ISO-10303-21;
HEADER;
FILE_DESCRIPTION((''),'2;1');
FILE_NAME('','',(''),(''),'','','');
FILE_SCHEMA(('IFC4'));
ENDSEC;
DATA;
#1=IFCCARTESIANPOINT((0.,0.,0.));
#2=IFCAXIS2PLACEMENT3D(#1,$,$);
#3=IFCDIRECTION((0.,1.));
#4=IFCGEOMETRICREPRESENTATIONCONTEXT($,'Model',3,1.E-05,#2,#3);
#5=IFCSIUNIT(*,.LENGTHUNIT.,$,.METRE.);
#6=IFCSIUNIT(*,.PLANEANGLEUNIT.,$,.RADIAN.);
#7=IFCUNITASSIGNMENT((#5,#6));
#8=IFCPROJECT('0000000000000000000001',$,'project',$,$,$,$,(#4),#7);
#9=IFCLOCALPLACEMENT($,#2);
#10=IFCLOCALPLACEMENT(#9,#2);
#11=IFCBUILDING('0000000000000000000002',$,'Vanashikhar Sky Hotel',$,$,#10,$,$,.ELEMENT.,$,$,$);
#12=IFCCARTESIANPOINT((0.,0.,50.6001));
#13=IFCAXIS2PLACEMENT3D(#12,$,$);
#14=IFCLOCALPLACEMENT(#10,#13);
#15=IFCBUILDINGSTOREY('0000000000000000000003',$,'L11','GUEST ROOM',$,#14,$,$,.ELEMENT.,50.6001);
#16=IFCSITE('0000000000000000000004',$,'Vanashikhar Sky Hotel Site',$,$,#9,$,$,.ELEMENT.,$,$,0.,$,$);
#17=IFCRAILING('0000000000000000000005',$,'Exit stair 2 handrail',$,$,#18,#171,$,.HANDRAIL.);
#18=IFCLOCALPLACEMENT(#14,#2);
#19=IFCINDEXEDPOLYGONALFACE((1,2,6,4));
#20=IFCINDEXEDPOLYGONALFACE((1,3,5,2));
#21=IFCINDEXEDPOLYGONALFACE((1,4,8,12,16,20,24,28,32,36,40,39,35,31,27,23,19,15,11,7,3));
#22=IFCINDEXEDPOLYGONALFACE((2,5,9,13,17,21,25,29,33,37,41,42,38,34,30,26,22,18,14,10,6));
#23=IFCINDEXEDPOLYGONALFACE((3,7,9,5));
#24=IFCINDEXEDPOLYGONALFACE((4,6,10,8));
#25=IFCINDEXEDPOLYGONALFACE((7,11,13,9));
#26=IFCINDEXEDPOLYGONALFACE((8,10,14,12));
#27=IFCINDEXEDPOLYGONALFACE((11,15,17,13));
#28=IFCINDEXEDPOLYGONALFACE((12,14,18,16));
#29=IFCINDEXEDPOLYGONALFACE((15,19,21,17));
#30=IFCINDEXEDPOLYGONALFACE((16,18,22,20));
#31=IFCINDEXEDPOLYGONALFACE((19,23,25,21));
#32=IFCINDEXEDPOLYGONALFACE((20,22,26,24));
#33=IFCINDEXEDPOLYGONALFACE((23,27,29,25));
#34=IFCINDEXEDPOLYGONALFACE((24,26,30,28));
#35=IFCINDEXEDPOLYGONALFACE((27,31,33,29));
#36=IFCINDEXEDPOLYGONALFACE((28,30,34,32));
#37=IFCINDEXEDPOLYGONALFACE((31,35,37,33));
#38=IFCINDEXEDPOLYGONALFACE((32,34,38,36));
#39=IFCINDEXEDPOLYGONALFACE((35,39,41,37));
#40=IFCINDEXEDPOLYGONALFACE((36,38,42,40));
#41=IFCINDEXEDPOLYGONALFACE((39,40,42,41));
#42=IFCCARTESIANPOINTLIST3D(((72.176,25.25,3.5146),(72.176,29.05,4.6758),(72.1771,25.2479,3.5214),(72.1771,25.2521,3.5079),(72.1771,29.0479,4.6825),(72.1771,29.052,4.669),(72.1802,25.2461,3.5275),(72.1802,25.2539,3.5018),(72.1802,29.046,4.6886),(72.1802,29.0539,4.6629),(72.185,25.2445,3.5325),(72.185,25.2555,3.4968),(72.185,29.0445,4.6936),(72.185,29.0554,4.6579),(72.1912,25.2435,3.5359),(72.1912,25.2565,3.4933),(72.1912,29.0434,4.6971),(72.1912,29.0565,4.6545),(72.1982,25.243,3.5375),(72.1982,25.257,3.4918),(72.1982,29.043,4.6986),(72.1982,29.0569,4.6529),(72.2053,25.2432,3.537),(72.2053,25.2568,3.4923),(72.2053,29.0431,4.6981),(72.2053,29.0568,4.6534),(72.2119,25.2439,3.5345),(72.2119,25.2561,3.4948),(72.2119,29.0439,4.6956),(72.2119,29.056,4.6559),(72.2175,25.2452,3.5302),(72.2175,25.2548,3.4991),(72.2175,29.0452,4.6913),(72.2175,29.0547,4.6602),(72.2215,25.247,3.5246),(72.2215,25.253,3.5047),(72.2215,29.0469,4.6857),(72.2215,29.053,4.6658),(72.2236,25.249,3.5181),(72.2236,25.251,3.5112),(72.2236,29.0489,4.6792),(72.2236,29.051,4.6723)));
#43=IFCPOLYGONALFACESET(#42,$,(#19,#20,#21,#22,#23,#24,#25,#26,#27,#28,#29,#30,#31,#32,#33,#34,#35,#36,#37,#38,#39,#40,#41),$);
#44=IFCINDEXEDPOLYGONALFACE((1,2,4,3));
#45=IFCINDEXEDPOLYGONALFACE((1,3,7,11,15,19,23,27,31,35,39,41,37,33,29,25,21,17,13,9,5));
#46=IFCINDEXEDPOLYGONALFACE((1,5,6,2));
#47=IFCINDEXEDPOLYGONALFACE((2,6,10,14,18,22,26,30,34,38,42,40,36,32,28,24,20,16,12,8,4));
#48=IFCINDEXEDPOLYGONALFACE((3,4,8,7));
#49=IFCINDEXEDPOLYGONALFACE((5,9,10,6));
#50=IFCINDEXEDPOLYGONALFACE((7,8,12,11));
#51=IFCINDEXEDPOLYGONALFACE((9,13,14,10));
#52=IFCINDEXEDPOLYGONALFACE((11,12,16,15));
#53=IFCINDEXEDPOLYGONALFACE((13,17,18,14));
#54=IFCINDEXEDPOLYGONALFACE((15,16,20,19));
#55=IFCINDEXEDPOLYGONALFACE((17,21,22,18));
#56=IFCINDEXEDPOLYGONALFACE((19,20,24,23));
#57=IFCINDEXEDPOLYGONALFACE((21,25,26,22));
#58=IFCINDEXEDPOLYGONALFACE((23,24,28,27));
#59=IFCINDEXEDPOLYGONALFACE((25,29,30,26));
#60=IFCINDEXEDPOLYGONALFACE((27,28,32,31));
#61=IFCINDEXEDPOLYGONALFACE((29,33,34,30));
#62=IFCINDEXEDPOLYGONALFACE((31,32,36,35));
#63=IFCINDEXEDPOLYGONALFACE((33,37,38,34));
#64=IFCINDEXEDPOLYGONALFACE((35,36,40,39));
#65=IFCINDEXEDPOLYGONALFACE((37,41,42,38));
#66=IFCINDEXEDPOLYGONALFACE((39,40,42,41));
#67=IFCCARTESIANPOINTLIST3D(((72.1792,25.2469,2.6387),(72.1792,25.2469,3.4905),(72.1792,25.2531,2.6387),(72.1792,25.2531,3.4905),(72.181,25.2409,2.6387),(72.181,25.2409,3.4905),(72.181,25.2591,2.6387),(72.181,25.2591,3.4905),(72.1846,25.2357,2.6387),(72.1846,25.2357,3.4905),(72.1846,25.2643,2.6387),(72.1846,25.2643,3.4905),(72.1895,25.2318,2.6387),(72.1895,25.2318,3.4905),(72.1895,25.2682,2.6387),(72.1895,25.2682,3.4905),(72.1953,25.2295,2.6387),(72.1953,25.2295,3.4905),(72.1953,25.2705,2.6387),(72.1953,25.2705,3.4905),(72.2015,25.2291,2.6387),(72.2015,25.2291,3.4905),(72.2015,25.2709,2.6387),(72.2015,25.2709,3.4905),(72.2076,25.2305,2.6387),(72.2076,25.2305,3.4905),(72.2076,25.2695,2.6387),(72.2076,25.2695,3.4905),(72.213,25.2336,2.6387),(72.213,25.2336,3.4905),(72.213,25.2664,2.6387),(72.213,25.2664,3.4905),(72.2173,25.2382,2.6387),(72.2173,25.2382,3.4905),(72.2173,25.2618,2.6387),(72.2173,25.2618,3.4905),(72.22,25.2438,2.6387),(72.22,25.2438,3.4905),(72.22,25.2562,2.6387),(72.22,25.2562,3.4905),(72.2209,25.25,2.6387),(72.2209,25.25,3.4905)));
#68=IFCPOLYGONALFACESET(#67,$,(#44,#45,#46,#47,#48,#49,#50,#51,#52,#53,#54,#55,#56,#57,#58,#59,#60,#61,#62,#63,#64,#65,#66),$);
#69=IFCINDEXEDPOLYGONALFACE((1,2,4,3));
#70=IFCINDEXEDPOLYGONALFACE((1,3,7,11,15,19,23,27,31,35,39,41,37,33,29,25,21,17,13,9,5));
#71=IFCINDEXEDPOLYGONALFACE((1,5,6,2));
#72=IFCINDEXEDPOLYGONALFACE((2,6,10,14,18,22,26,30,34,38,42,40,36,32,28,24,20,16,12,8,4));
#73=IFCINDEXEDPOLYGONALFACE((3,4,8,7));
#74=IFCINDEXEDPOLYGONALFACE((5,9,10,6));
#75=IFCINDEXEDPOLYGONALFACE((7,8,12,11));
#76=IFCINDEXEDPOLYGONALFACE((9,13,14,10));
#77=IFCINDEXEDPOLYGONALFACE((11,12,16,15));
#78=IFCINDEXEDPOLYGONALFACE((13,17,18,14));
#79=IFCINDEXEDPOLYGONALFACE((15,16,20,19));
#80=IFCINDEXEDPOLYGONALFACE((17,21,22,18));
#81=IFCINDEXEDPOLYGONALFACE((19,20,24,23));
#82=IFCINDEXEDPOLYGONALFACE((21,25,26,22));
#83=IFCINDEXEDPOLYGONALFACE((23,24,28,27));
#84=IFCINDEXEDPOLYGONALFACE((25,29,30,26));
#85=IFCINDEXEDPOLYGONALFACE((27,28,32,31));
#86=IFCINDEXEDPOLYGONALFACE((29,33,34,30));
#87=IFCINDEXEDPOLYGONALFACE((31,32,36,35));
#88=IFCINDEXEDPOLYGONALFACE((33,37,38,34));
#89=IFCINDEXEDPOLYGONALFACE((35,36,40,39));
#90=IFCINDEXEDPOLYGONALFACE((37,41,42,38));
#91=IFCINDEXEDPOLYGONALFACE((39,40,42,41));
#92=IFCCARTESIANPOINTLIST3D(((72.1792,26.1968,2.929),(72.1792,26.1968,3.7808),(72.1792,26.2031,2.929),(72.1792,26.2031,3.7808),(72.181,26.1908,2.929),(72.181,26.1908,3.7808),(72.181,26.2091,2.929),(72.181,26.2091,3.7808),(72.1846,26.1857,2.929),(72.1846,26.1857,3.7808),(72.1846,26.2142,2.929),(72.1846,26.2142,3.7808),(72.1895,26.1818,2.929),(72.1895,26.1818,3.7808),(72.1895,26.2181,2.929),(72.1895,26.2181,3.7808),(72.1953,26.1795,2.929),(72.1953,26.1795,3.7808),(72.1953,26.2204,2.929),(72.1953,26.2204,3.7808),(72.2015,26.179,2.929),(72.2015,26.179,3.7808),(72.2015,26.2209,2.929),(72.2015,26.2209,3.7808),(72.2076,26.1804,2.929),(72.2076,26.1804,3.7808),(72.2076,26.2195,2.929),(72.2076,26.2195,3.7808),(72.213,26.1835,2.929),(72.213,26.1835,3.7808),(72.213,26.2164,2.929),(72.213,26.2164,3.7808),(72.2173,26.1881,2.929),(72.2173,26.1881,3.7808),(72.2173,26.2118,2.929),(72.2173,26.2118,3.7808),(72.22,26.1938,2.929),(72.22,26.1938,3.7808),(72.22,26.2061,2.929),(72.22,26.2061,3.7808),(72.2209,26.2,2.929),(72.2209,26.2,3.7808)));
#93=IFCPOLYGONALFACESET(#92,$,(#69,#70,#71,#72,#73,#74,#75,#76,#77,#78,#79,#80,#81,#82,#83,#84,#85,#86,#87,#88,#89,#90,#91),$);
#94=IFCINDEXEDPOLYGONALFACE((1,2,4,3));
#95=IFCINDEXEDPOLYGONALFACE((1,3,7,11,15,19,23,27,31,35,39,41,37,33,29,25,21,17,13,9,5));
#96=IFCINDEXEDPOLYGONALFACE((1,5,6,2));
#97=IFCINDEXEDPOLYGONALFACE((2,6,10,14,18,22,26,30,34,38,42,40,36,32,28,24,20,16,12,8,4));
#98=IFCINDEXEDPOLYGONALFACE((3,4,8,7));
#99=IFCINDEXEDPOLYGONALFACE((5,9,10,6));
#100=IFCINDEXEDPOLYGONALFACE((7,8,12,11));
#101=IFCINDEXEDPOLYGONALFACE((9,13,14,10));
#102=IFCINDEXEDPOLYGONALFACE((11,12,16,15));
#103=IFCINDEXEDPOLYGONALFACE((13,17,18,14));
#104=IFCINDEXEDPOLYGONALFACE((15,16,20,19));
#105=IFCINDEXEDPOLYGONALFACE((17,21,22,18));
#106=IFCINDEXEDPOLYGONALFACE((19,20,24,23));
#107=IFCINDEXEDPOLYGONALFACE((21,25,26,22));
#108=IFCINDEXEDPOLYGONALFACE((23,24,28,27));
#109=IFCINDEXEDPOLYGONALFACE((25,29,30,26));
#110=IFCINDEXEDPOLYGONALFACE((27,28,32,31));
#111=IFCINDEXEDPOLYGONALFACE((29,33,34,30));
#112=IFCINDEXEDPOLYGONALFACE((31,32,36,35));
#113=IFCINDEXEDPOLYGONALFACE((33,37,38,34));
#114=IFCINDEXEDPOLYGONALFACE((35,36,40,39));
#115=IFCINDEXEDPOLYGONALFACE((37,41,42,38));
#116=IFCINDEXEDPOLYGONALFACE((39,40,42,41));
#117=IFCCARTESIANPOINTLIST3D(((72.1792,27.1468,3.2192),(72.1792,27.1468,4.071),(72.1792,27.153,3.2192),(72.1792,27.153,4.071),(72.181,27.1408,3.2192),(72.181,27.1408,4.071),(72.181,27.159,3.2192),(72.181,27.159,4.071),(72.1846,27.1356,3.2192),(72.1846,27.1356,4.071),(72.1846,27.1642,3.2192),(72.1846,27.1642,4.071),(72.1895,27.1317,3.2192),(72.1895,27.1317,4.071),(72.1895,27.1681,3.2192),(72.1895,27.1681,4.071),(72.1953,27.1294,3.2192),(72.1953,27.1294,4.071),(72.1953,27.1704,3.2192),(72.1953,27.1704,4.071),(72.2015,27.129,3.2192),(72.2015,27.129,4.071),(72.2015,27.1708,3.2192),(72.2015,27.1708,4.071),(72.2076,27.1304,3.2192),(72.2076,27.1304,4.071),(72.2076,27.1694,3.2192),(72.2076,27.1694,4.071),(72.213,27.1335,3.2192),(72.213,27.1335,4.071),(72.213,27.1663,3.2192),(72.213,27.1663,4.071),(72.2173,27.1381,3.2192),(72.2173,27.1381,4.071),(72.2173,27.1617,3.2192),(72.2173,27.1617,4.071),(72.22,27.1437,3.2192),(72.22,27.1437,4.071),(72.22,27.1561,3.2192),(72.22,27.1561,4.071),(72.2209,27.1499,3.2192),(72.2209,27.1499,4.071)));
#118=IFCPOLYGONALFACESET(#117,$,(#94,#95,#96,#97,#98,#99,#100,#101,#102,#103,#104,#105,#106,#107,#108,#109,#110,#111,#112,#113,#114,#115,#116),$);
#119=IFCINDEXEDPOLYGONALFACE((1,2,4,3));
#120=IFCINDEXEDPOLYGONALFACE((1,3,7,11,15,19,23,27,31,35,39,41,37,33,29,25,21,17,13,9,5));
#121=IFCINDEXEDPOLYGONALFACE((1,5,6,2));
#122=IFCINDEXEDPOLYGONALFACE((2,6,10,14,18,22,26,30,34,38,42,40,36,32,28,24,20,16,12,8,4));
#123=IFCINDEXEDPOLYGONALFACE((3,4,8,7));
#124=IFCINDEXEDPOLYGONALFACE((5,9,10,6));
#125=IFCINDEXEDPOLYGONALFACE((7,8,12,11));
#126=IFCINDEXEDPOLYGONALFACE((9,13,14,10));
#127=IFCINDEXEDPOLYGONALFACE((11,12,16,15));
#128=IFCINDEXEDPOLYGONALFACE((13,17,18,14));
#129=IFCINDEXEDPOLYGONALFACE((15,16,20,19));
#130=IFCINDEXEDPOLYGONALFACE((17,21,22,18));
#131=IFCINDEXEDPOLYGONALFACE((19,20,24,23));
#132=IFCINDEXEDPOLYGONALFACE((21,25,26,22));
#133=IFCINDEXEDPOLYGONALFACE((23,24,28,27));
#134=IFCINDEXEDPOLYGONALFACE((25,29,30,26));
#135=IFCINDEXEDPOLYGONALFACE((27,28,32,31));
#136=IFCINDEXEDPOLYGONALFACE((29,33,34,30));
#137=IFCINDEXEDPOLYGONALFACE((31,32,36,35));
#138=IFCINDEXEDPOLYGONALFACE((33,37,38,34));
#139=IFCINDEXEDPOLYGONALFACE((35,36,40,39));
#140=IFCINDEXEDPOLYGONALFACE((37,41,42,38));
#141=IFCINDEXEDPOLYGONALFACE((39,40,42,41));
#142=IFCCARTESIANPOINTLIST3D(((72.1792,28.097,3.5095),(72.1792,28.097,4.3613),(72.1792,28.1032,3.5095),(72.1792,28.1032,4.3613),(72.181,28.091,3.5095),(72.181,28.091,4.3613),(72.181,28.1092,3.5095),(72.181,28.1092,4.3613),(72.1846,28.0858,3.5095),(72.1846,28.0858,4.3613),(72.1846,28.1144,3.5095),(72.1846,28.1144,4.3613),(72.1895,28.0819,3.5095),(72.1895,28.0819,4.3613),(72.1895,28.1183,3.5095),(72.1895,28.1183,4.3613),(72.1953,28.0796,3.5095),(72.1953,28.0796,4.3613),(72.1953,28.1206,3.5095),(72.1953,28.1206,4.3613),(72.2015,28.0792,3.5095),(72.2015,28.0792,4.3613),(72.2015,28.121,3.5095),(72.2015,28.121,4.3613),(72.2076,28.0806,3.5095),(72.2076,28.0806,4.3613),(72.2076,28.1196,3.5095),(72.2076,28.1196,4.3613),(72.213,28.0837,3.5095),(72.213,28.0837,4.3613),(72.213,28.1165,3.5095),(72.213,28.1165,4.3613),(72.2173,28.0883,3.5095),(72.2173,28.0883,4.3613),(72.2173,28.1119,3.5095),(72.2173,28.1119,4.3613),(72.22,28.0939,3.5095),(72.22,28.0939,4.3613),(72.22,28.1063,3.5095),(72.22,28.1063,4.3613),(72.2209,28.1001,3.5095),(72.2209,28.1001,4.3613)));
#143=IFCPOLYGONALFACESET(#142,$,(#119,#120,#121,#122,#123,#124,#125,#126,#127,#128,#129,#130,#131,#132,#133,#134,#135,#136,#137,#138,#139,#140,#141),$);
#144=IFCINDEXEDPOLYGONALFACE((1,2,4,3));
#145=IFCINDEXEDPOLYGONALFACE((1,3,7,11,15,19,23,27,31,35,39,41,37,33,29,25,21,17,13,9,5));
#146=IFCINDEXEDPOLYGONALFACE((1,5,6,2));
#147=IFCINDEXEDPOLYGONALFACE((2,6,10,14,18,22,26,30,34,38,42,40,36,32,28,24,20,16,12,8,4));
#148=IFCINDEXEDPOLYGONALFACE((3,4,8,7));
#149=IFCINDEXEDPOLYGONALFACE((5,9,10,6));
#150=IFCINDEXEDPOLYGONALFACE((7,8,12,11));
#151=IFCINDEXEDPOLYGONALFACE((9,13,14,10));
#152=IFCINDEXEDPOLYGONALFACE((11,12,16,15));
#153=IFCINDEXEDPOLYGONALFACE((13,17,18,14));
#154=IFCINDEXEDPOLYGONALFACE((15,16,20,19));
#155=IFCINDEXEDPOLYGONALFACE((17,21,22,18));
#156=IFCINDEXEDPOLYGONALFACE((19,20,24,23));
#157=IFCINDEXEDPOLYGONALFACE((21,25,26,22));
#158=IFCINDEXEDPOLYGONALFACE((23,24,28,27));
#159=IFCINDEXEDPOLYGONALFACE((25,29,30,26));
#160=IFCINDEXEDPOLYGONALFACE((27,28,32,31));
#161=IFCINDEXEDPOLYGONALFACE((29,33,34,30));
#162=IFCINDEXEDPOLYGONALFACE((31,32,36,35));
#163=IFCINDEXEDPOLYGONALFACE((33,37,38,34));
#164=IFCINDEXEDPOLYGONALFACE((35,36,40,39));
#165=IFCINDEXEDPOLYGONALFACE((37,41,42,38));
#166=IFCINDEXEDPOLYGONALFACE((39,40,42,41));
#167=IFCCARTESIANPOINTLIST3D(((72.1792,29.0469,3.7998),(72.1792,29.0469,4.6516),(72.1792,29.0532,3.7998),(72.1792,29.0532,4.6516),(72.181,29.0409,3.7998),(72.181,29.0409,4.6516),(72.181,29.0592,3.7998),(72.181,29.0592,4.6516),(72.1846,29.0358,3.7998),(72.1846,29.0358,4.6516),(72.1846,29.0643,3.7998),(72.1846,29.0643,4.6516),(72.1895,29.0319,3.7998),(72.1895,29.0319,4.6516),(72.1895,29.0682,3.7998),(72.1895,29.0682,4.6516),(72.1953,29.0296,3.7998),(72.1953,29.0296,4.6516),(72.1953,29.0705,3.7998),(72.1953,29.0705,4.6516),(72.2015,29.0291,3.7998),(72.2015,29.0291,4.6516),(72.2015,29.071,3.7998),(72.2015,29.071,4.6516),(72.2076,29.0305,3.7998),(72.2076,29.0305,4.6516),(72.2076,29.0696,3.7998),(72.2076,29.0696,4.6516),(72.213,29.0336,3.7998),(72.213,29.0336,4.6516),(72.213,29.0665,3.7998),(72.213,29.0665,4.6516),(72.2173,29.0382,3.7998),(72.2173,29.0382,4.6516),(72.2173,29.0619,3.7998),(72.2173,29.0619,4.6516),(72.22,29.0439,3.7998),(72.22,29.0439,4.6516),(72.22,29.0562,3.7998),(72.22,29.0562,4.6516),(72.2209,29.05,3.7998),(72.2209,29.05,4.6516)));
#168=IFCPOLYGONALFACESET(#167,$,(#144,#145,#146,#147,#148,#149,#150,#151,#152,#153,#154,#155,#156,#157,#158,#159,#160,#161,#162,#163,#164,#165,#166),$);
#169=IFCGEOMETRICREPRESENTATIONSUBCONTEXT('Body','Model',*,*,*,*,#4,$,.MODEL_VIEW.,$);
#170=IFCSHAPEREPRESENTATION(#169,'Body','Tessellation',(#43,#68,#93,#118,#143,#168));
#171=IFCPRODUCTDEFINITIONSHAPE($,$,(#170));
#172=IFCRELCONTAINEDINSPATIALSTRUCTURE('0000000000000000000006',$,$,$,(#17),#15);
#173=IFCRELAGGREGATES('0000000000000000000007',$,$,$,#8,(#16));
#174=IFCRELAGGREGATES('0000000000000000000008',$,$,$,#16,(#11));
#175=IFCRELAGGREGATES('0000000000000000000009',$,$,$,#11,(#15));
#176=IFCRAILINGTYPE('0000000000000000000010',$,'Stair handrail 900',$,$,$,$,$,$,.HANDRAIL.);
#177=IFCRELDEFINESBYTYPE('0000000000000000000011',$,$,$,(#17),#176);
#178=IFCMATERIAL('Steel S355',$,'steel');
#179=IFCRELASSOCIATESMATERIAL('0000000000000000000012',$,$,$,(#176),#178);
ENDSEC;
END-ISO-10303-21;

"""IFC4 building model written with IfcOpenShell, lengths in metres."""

from ifc_helpers import new_model, si_unit, direction, frame, origin, origin_2d, place, context, subcontext, project, spatial, circle, extrude, source, transform, mapped, material, type_object, element, save


model = new_model("IFC4")

# Units and contexts
model_context = context("Model", 3, precision=1e-05, world=origin(), true_north=direction((0.0, 1.0)))
body_context = subcontext(model_context, "Body", "Model", "MODEL_VIEW")
ifc_project = project(units=[si_unit("LENGTHUNIT", "METRE"), si_unit("PLANEANGLEUNIT", "RADIAN")], contexts=[model_context])

# Site, building, storey
site_placement = place(None, origin())
site = spatial("IfcSite", under=ifc_project, at=site_placement, Name="Vanashikhar Sky Hotel Site", CompositionType="ELEMENT", RefElevation=0.0)
building_placement = place(site_placement, origin())
building = spatial("IfcBuilding", under=site, at=building_placement, Name="Vanashikhar Sky Hotel", CompositionType="ELEMENT")
storey_placement = place(building_placement, frame((0.0, 0.0, 50.6001)))
storey = spatial("IfcBuildingStorey", under=building, at=storey_placement, Name="L11", Description="GUEST ROOM", CompositionType="ELEMENT", Elevation=50.6001)

# Railing
ifc_material_1 = material(Name="Steel S355", Category="steel")
railing_type_1 = type_object("IfcRailingType", Name="Stair handrail 900", PredefinedType="HANDRAIL", material=ifc_material_1)
shared_shape_1 = source(origin(), body_context, "Body", "SweptSolid", [
    extrude(circle(Radius=0.0239, at=origin_2d()), frame((0.0, 0.0, 0.876), z_axis=(0.0, 0.956351, 0.29222), x_axis=(-1.0, 0.0, 0.0)), (0.0, 0.0, 1.0), 3.9734),
    extrude(circle(Radius=0.021, at=origin_2d()), origin(), (0.0, 0.0, 1.0), 0.8518),
    extrude(circle(Radius=0.021, at=origin_2d()), frame((0.0, 0.95, 0.2903)), (0.0, 0.0, 1.0), 0.8518),
    extrude(circle(Radius=0.021, at=origin_2d()), frame((0.0, 1.8999, 0.5806)), (0.0, 0.0, 1.0), 0.8518),
    extrude(circle(Radius=0.021, at=origin_2d()), frame((0.0, 2.8501, 0.8708)), (0.0, 0.0, 1.0), 0.8518),
    extrude(circle(Radius=0.021, at=origin_2d()), frame((0.0, 3.8, 1.1611)), (0.0, 0.0, 1.0), 0.8518),
])
for number, where, name in (
    (1, (72.2, 25.25, 2.6387), "Exit stair 2 handrail"),
):
    element("IfcRailing", number, at=place(storey_placement, frame(where)), inside=storey, type_object=railing_type_1, Name=name, PredefinedType="HANDRAIL", context=body_context, shape_type="MappedRepresentation", body=[
        mapped(shared_shape_1, transform((0.0, 0.0, 0.0), scale=1.0)),
    ])

save(model, "model.ifc")
